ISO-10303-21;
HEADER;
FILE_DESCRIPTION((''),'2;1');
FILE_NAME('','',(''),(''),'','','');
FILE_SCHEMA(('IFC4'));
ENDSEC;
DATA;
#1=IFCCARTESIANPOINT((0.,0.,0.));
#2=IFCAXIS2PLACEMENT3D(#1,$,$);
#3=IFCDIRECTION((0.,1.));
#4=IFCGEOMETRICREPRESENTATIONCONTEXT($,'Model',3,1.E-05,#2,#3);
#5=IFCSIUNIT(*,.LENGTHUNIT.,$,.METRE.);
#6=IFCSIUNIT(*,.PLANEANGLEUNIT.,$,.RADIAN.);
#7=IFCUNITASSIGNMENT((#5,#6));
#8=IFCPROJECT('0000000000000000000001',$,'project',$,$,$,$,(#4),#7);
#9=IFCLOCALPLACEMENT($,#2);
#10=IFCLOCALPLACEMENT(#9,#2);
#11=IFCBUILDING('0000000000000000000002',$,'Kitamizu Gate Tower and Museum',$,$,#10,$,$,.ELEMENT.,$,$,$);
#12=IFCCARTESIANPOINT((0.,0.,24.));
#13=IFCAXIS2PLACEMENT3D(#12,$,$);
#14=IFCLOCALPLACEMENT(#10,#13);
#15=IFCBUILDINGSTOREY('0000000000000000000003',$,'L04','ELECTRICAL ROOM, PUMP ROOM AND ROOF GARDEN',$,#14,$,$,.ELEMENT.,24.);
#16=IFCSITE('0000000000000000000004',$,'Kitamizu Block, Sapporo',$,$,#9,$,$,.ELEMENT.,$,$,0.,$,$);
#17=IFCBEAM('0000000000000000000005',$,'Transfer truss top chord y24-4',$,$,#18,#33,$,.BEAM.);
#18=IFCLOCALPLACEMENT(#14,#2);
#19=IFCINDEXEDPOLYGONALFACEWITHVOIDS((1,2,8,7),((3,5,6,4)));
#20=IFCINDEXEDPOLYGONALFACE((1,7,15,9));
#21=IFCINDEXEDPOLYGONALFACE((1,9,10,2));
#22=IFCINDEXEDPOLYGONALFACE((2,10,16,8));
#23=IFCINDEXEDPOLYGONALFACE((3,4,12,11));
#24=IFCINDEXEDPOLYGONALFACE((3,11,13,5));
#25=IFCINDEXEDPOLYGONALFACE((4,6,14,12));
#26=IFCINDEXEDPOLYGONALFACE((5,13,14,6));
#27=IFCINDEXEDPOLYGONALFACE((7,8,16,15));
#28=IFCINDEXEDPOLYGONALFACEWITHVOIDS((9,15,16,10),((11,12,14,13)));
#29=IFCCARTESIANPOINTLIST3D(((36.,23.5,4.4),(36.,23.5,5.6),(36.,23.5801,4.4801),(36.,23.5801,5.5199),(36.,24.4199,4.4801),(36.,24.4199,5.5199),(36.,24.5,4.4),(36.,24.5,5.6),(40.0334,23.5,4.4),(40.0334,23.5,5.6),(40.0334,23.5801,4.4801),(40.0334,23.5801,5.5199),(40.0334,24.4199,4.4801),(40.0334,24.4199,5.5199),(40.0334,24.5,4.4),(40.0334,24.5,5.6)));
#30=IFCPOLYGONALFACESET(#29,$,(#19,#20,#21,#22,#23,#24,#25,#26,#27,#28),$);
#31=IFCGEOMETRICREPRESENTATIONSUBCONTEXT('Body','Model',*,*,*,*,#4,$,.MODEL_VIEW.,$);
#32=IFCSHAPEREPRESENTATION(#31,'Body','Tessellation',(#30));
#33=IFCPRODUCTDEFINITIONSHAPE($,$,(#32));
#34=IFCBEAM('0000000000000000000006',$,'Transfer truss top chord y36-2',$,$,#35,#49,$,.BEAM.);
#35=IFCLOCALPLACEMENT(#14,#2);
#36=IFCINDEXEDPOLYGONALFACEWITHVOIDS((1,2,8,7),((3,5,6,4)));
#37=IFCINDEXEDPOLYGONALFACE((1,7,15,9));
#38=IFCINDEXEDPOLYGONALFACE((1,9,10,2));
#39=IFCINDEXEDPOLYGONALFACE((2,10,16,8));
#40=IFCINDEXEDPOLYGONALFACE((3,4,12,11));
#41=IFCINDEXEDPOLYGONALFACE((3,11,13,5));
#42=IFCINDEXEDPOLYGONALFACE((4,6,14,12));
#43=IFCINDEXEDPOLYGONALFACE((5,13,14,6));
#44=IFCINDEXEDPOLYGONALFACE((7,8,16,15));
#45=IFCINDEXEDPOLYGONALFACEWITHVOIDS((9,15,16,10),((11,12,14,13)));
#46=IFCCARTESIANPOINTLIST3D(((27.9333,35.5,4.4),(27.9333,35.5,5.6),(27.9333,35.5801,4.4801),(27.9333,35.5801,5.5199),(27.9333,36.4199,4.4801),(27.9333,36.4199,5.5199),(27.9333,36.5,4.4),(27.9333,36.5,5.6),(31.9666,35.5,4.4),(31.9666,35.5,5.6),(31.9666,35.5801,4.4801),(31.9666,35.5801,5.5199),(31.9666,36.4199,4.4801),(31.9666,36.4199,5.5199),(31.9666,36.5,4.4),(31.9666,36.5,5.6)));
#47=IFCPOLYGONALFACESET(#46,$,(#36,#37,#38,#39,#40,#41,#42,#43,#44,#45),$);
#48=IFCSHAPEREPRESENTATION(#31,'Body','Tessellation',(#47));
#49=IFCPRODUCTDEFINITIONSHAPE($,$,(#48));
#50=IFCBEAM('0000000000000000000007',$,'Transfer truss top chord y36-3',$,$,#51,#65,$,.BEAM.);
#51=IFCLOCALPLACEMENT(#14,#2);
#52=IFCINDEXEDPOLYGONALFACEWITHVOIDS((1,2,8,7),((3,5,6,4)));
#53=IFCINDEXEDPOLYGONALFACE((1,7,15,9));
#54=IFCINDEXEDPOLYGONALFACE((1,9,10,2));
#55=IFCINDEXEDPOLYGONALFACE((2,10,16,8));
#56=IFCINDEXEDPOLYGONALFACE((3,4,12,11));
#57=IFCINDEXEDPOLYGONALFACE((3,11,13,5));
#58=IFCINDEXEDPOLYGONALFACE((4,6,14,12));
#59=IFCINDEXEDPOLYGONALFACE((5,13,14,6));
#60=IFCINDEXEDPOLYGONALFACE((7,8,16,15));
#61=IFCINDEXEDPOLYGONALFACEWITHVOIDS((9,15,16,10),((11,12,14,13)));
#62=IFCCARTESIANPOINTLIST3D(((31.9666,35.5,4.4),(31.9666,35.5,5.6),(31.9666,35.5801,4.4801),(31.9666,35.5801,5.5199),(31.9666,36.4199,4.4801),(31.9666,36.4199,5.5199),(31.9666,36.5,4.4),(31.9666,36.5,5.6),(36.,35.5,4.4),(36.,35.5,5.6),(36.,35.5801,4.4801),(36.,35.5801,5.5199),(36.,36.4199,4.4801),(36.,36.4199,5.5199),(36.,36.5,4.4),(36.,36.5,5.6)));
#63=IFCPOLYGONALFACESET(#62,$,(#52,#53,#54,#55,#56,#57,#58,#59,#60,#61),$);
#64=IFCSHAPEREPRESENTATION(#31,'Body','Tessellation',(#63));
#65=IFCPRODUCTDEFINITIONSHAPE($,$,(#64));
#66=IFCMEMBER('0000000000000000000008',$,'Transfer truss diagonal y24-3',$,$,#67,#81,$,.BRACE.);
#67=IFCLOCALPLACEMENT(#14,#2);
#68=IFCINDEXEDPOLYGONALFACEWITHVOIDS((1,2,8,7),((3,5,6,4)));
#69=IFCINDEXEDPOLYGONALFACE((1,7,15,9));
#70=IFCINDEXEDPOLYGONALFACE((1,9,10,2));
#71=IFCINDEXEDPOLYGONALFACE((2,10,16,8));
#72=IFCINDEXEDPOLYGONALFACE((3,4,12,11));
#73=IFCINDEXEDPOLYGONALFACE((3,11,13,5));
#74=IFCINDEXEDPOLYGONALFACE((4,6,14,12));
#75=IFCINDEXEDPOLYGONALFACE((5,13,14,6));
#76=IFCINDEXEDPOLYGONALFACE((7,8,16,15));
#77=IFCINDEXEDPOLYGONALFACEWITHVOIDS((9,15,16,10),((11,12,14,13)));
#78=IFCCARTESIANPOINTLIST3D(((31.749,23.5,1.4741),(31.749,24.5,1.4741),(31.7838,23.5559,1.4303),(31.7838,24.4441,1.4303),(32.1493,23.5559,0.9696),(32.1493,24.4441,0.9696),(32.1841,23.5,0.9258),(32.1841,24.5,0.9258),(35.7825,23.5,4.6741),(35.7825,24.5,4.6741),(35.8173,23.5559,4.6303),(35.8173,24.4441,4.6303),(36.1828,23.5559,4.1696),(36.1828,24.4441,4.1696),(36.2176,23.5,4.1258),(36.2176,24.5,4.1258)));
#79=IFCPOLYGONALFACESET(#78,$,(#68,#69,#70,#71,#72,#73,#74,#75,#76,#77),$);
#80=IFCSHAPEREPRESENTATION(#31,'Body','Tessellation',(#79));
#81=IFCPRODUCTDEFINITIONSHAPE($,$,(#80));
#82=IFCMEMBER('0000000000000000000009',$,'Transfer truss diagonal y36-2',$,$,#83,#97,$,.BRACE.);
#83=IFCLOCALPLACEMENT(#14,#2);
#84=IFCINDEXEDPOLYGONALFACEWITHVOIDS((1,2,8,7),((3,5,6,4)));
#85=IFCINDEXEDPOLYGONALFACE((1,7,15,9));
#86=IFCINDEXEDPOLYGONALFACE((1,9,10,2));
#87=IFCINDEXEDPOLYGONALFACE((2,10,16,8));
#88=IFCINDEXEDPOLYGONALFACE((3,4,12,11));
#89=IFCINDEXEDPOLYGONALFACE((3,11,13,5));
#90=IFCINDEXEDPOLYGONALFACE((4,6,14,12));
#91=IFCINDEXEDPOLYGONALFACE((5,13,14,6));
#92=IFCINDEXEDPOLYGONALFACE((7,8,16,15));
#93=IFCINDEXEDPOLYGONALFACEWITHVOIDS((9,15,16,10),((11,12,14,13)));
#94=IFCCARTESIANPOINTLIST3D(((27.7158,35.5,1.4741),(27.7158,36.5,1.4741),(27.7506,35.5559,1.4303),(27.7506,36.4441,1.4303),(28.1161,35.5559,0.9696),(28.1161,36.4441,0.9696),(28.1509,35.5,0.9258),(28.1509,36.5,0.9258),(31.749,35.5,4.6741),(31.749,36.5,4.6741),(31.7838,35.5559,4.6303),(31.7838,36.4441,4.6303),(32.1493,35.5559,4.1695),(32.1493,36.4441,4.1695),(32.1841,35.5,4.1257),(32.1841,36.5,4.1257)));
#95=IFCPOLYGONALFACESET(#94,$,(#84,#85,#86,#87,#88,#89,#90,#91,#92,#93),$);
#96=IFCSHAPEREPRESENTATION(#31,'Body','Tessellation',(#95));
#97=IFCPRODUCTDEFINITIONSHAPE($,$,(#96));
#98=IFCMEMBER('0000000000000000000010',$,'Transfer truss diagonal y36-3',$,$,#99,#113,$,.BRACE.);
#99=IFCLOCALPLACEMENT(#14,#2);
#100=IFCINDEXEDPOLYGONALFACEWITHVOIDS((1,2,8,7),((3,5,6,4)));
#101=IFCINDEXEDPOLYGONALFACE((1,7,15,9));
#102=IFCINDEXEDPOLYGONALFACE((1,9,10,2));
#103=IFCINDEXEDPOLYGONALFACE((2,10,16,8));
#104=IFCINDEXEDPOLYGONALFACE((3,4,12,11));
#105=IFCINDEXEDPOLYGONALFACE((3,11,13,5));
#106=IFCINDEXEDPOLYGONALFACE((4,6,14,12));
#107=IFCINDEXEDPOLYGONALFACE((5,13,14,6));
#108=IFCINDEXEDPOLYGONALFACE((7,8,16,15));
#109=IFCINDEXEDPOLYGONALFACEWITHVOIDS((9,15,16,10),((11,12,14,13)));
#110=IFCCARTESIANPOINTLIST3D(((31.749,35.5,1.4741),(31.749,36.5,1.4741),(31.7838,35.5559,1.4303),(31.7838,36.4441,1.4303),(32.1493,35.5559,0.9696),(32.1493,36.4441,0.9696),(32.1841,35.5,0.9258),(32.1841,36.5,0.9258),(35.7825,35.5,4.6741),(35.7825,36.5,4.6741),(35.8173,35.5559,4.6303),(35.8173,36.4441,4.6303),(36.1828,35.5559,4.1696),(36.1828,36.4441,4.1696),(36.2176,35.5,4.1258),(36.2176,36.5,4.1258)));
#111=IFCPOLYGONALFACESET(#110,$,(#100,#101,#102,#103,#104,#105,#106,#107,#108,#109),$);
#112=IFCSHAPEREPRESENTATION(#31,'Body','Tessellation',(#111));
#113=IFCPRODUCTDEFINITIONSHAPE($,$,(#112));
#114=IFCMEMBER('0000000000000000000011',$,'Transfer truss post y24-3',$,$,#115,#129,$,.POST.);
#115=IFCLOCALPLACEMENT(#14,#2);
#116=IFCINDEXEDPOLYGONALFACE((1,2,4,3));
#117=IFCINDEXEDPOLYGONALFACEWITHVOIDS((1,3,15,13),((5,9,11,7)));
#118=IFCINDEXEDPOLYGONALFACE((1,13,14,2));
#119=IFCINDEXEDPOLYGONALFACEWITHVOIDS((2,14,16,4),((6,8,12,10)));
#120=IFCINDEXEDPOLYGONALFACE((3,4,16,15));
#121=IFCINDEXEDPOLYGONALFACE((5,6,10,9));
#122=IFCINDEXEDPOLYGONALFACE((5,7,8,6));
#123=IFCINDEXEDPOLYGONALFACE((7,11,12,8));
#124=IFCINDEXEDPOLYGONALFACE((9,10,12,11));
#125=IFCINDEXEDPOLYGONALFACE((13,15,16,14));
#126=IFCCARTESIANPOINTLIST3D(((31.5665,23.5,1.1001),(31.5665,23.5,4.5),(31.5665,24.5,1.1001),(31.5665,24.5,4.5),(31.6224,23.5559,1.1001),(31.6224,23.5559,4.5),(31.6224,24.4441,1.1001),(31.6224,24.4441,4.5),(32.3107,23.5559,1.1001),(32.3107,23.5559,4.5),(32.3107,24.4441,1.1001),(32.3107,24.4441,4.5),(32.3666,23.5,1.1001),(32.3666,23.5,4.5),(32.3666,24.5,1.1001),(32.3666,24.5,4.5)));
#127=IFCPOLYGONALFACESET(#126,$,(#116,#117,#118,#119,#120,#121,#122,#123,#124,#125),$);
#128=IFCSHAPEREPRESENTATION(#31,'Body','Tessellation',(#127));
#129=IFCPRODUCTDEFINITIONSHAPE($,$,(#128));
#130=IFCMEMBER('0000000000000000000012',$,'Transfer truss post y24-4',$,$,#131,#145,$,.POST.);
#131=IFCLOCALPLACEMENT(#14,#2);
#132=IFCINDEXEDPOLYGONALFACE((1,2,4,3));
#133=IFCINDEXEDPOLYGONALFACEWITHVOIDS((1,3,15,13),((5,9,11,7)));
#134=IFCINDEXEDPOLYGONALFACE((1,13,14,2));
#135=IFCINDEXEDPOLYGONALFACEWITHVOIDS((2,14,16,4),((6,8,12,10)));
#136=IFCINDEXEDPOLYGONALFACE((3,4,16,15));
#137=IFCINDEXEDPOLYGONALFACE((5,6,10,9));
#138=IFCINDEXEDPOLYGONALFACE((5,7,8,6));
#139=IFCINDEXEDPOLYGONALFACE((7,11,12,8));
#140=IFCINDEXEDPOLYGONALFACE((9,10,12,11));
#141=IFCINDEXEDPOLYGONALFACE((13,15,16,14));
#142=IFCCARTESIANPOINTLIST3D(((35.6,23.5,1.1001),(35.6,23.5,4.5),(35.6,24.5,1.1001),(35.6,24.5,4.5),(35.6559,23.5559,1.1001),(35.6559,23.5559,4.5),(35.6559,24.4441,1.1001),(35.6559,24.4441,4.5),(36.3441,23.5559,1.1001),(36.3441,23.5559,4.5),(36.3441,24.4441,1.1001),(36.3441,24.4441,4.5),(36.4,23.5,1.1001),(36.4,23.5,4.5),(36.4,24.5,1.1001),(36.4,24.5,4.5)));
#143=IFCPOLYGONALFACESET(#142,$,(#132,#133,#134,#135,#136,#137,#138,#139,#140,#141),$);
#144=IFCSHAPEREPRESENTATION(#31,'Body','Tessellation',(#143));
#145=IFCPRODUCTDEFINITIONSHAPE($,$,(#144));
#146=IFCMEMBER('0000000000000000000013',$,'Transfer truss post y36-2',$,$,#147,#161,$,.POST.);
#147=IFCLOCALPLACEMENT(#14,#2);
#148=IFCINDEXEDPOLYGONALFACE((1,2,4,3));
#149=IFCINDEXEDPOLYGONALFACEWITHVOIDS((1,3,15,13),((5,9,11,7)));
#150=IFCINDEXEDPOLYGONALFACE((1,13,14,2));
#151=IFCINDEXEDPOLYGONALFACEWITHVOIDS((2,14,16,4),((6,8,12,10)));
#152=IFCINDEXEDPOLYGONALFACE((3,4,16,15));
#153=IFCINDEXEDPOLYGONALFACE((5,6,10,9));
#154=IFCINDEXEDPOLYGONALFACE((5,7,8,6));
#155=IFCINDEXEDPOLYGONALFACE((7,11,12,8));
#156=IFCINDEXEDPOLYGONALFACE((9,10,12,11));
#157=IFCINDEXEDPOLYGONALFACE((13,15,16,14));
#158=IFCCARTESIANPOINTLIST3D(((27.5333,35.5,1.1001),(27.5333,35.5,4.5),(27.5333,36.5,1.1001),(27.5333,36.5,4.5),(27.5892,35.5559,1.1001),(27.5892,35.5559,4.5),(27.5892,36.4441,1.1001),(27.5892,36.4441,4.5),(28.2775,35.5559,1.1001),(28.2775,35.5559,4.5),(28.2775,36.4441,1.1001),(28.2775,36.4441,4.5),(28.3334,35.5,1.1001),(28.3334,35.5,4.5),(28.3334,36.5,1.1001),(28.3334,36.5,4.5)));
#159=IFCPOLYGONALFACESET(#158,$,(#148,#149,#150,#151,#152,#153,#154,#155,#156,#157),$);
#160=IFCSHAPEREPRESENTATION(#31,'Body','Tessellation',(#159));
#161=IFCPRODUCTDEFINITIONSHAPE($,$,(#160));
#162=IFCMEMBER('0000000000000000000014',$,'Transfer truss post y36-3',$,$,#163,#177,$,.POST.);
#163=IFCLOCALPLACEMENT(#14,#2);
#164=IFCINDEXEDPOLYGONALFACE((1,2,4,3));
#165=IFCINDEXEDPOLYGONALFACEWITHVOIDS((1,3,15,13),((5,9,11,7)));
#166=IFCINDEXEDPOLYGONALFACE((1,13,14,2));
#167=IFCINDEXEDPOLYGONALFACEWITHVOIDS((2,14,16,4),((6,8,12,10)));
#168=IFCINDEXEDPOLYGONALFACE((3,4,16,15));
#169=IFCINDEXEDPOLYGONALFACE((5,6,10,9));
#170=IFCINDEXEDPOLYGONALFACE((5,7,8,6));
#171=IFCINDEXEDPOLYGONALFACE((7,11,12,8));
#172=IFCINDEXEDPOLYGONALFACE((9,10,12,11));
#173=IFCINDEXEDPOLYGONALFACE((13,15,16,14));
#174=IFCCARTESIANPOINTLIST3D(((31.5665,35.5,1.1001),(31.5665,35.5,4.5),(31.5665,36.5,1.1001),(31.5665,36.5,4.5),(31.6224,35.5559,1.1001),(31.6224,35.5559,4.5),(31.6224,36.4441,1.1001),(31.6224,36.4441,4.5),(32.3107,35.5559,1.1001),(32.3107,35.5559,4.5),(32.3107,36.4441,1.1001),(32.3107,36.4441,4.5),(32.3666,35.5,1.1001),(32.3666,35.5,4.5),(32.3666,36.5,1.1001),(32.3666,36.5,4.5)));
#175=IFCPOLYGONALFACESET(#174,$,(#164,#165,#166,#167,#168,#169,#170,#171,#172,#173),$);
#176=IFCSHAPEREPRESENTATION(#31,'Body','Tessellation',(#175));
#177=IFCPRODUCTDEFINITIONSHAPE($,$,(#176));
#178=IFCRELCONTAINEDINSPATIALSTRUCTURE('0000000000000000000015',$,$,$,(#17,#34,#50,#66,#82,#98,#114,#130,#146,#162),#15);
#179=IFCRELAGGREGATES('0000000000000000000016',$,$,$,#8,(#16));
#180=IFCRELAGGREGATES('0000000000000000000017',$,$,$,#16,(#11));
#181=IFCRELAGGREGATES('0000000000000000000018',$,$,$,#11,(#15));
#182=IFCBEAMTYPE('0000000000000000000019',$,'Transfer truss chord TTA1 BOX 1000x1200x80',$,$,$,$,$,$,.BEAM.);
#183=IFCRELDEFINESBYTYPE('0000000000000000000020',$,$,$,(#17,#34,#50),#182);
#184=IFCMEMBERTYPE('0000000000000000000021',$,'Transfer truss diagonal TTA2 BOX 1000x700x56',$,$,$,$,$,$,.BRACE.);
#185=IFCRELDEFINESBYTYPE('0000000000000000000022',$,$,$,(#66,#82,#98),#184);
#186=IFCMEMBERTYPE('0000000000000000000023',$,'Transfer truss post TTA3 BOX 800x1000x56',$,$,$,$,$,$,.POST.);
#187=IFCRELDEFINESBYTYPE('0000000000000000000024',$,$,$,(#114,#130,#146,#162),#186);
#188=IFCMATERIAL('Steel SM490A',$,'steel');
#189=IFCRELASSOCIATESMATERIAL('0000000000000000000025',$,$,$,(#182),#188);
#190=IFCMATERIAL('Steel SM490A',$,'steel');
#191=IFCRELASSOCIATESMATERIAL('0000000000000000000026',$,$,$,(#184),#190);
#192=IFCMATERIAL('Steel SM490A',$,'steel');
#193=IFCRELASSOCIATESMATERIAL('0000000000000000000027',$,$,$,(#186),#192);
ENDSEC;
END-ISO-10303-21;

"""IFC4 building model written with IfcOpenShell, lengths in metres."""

from ifc_helpers import new_model, si_unit, direction, frame, origin, origin_2d, place, context, subcontext, project, spatial, hollow_rectangle, extrude, material, material_profile, profile_set, type_object, element, save


model = new_model("IFC4")

# Units and contexts
model_context = context("Model", 3, precision=1e-05, world=origin(), true_north=direction((0.0, 1.0)))
body_context = subcontext(model_context, "Body", "Model", "MODEL_VIEW")
ifc_project = project(units=[si_unit("LENGTHUNIT", "METRE"), si_unit("PLANEANGLEUNIT", "RADIAN")], contexts=[model_context])

# Site, building, storey
site_placement = place(None, origin())
site = spatial("IfcSite", under=ifc_project, at=site_placement, Name="Kitamizu Block, Sapporo", CompositionType="ELEMENT", RefElevation=0.0)
building_placement = place(site_placement, origin())
building = spatial("IfcBuilding", under=site, at=building_placement, Name="Kitamizu Gate Tower and Museum", CompositionType="ELEMENT")
storey_placement = place(building_placement, frame((0.0, 0.0, 24.0)))
storey = spatial("IfcBuildingStorey", under=building, at=storey_placement, Name="L04", Description="ELECTRICAL ROOM, PUMP ROOM AND ROOF GARDEN", CompositionType="ELEMENT", Elevation=24.0)

# Beams
ifc_material_1 = material(Name="Steel SM490A", Category="steel")
ifc_material_profile_1 = material_profile(ifc_material_1, hollow_rectangle(XDim=1.0, YDim=1.2, WallThickness=0.0801, at=origin_2d()), Name="BOX 1000x1200x80")
ifc_profile_set_1 = profile_set([ifc_material_profile_1], Name="Steel SM490A")
beam_type = type_object("IfcBeamType", Name="Transfer truss chord TTA1 BOX 1000x1200x80", PredefinedType="BEAM", material=ifc_profile_set_1)
beam_1_placement = place(storey_placement, frame((36.0, 24.0, 5.0), z_axis=(1.0, 0.0, 0.0), x_axis=(0.0, 1.0, 0.0)))
element("IfcBeam", 1, at=beam_1_placement, inside=storey, type_object=beam_type, Name="Transfer truss top chord y24-4", PredefinedType="BEAM", context=body_context, shape_type="SweptSolid", body=[
    extrude(hollow_rectangle(XDim=1.0, YDim=1.2, WallThickness=0.0801, at=origin_2d()), origin(), (0.0, 0.0, 1.0), 4.0334),
])
beam_2_placement = place(storey_placement, frame((27.9333, 36.0, 5.0), z_axis=(1.0, 0.0, 0.0), x_axis=(0.0, 1.0, 0.0)))
element("IfcBeam", 2, at=beam_2_placement, inside=storey, type_object=beam_type, Name="Transfer truss top chord y36-2", PredefinedType="BEAM", context=body_context, shape_type="SweptSolid", body=[
    extrude(hollow_rectangle(XDim=1.0, YDim=1.2, WallThickness=0.0801, at=origin_2d()), origin(), (0.0, 0.0, 1.0), 4.0332),
])
beam_3_placement = place(storey_placement, frame((31.9666, 36.0, 5.0), z_axis=(1.0, 0.0, 0.0), x_axis=(0.0, 1.0, 0.0)))
element("IfcBeam", 3, at=beam_3_placement, inside=storey, type_object=beam_type, Name="Transfer truss top chord y36-3", PredefinedType="BEAM", context=body_context, shape_type="SweptSolid", body=[
    extrude(hollow_rectangle(XDim=1.0, YDim=1.2, WallThickness=0.0801, at=origin_2d()), origin(), (0.0, 0.0, 1.0), 4.0334),
])

# Members
ifc_material_2 = material(Name="Steel SM490A", Category="steel")
ifc_material_profile_2 = material_profile(ifc_material_2, hollow_rectangle(XDim=1.0, YDim=0.7, WallThickness=0.0559, at=origin_2d()), Name="BOX 1000x700x56")
ifc_profile_set_2 = profile_set([ifc_material_profile_2], Name="Steel SM490A")
member_type_1 = type_object("IfcMemberType", Name="Transfer truss diagonal TTA2 BOX 1000x700x56", PredefinedType="BRACE", material=ifc_profile_set_2)
member_1_placement = place(storey_placement, frame((31.9666, 24.0, 1.2), z_axis=(0.783402, 0.0, 0.621515), x_axis=(0.0, 1.0, 0.0)))
element("IfcMember", 4, at=member_1_placement, inside=storey, type_object=member_type_1, Name="Transfer truss diagonal y24-3", PredefinedType="BRACE", context=body_context, shape_type="SweptSolid", body=[
    extrude(hollow_rectangle(XDim=1.0, YDim=0.7, WallThickness=0.0559, at=origin_2d()), origin(), (0.0, 0.0, 1.0), 5.1487),
])
member_2_placement = place(storey_placement, frame((27.9333, 36.0, 1.2), z_axis=(0.783384, 0.0, 0.621538), x_axis=(0.0, 1.0, 0.0)))
element("IfcMember", 5, at=member_2_placement, inside=storey, type_object=member_type_1, Name="Transfer truss diagonal y36-2", PredefinedType="BRACE", context=body_context, shape_type="SweptSolid", body=[
    extrude(hollow_rectangle(XDim=1.0, YDim=0.7, WallThickness=0.0559, at=origin_2d()), origin(), (0.0, 0.0, 1.0), 5.1484),
])
member_3_placement = place(storey_placement, frame((31.9666, 36.0, 1.2), z_axis=(0.783402, 0.0, 0.621515), x_axis=(0.0, 1.0, 0.0)))
element("IfcMember", 6, at=member_3_placement, inside=storey, type_object=member_type_1, Name="Transfer truss diagonal y36-3", PredefinedType="BRACE", context=body_context, shape_type="SweptSolid", body=[
    extrude(hollow_rectangle(XDim=1.0, YDim=0.7, WallThickness=0.0559, at=origin_2d()), origin(), (0.0, 0.0, 1.0), 5.1487),
])
ifc_material_3 = material(Name="Steel SM490A", Category="steel")
ifc_material_profile_3 = material_profile(ifc_material_3, hollow_rectangle(XDim=0.8, YDim=1.0, WallThickness=0.0559, at=origin_2d()), Name="BOX 800x1000x56")
ifc_profile_set_3 = profile_set([ifc_material_profile_3], Name="Steel SM490A")
member_type_2 = type_object("IfcMemberType", Name="Transfer truss post TTA3 BOX 800x1000x56", PredefinedType="POST", material=ifc_profile_set_3)
for number, where, z_axis, x_axis, name in (
    (7, (31.9666, 24.0, 1.1001), (0.0, 0.0, 1.0), (1.0, 0.0, 0.0), "Transfer truss post y24-3"),
    (8, (36.0, 24.0, 1.1001), (0.0, 0.0, 1.0), (1.0, 0.0, 0.0), "Transfer truss post y24-4"),
    (9, (27.9333, 36.0, 1.1001), (0.0, 0.0, 1.0), (1.0, 0.0, 0.0), "Transfer truss post y36-2"),
    (10, (31.9666, 36.0, 1.1001), (0.0, 0.0, 1.0), (1.0, 0.0, 0.0), "Transfer truss post y36-3"),
):
    element("IfcMember", number, at=place(storey_placement, frame(where, z_axis=z_axis, x_axis=x_axis)), inside=storey, type_object=member_type_2, Name=name, PredefinedType="POST", context=body_context, shape_type="SweptSolid", body=[
        extrude(hollow_rectangle(XDim=0.8, YDim=1.0, WallThickness=0.0559, at=origin_2d()), origin(), (0.0, 0.0, 1.0), 3.3999),
    ])

save(model, "model.ifc")
